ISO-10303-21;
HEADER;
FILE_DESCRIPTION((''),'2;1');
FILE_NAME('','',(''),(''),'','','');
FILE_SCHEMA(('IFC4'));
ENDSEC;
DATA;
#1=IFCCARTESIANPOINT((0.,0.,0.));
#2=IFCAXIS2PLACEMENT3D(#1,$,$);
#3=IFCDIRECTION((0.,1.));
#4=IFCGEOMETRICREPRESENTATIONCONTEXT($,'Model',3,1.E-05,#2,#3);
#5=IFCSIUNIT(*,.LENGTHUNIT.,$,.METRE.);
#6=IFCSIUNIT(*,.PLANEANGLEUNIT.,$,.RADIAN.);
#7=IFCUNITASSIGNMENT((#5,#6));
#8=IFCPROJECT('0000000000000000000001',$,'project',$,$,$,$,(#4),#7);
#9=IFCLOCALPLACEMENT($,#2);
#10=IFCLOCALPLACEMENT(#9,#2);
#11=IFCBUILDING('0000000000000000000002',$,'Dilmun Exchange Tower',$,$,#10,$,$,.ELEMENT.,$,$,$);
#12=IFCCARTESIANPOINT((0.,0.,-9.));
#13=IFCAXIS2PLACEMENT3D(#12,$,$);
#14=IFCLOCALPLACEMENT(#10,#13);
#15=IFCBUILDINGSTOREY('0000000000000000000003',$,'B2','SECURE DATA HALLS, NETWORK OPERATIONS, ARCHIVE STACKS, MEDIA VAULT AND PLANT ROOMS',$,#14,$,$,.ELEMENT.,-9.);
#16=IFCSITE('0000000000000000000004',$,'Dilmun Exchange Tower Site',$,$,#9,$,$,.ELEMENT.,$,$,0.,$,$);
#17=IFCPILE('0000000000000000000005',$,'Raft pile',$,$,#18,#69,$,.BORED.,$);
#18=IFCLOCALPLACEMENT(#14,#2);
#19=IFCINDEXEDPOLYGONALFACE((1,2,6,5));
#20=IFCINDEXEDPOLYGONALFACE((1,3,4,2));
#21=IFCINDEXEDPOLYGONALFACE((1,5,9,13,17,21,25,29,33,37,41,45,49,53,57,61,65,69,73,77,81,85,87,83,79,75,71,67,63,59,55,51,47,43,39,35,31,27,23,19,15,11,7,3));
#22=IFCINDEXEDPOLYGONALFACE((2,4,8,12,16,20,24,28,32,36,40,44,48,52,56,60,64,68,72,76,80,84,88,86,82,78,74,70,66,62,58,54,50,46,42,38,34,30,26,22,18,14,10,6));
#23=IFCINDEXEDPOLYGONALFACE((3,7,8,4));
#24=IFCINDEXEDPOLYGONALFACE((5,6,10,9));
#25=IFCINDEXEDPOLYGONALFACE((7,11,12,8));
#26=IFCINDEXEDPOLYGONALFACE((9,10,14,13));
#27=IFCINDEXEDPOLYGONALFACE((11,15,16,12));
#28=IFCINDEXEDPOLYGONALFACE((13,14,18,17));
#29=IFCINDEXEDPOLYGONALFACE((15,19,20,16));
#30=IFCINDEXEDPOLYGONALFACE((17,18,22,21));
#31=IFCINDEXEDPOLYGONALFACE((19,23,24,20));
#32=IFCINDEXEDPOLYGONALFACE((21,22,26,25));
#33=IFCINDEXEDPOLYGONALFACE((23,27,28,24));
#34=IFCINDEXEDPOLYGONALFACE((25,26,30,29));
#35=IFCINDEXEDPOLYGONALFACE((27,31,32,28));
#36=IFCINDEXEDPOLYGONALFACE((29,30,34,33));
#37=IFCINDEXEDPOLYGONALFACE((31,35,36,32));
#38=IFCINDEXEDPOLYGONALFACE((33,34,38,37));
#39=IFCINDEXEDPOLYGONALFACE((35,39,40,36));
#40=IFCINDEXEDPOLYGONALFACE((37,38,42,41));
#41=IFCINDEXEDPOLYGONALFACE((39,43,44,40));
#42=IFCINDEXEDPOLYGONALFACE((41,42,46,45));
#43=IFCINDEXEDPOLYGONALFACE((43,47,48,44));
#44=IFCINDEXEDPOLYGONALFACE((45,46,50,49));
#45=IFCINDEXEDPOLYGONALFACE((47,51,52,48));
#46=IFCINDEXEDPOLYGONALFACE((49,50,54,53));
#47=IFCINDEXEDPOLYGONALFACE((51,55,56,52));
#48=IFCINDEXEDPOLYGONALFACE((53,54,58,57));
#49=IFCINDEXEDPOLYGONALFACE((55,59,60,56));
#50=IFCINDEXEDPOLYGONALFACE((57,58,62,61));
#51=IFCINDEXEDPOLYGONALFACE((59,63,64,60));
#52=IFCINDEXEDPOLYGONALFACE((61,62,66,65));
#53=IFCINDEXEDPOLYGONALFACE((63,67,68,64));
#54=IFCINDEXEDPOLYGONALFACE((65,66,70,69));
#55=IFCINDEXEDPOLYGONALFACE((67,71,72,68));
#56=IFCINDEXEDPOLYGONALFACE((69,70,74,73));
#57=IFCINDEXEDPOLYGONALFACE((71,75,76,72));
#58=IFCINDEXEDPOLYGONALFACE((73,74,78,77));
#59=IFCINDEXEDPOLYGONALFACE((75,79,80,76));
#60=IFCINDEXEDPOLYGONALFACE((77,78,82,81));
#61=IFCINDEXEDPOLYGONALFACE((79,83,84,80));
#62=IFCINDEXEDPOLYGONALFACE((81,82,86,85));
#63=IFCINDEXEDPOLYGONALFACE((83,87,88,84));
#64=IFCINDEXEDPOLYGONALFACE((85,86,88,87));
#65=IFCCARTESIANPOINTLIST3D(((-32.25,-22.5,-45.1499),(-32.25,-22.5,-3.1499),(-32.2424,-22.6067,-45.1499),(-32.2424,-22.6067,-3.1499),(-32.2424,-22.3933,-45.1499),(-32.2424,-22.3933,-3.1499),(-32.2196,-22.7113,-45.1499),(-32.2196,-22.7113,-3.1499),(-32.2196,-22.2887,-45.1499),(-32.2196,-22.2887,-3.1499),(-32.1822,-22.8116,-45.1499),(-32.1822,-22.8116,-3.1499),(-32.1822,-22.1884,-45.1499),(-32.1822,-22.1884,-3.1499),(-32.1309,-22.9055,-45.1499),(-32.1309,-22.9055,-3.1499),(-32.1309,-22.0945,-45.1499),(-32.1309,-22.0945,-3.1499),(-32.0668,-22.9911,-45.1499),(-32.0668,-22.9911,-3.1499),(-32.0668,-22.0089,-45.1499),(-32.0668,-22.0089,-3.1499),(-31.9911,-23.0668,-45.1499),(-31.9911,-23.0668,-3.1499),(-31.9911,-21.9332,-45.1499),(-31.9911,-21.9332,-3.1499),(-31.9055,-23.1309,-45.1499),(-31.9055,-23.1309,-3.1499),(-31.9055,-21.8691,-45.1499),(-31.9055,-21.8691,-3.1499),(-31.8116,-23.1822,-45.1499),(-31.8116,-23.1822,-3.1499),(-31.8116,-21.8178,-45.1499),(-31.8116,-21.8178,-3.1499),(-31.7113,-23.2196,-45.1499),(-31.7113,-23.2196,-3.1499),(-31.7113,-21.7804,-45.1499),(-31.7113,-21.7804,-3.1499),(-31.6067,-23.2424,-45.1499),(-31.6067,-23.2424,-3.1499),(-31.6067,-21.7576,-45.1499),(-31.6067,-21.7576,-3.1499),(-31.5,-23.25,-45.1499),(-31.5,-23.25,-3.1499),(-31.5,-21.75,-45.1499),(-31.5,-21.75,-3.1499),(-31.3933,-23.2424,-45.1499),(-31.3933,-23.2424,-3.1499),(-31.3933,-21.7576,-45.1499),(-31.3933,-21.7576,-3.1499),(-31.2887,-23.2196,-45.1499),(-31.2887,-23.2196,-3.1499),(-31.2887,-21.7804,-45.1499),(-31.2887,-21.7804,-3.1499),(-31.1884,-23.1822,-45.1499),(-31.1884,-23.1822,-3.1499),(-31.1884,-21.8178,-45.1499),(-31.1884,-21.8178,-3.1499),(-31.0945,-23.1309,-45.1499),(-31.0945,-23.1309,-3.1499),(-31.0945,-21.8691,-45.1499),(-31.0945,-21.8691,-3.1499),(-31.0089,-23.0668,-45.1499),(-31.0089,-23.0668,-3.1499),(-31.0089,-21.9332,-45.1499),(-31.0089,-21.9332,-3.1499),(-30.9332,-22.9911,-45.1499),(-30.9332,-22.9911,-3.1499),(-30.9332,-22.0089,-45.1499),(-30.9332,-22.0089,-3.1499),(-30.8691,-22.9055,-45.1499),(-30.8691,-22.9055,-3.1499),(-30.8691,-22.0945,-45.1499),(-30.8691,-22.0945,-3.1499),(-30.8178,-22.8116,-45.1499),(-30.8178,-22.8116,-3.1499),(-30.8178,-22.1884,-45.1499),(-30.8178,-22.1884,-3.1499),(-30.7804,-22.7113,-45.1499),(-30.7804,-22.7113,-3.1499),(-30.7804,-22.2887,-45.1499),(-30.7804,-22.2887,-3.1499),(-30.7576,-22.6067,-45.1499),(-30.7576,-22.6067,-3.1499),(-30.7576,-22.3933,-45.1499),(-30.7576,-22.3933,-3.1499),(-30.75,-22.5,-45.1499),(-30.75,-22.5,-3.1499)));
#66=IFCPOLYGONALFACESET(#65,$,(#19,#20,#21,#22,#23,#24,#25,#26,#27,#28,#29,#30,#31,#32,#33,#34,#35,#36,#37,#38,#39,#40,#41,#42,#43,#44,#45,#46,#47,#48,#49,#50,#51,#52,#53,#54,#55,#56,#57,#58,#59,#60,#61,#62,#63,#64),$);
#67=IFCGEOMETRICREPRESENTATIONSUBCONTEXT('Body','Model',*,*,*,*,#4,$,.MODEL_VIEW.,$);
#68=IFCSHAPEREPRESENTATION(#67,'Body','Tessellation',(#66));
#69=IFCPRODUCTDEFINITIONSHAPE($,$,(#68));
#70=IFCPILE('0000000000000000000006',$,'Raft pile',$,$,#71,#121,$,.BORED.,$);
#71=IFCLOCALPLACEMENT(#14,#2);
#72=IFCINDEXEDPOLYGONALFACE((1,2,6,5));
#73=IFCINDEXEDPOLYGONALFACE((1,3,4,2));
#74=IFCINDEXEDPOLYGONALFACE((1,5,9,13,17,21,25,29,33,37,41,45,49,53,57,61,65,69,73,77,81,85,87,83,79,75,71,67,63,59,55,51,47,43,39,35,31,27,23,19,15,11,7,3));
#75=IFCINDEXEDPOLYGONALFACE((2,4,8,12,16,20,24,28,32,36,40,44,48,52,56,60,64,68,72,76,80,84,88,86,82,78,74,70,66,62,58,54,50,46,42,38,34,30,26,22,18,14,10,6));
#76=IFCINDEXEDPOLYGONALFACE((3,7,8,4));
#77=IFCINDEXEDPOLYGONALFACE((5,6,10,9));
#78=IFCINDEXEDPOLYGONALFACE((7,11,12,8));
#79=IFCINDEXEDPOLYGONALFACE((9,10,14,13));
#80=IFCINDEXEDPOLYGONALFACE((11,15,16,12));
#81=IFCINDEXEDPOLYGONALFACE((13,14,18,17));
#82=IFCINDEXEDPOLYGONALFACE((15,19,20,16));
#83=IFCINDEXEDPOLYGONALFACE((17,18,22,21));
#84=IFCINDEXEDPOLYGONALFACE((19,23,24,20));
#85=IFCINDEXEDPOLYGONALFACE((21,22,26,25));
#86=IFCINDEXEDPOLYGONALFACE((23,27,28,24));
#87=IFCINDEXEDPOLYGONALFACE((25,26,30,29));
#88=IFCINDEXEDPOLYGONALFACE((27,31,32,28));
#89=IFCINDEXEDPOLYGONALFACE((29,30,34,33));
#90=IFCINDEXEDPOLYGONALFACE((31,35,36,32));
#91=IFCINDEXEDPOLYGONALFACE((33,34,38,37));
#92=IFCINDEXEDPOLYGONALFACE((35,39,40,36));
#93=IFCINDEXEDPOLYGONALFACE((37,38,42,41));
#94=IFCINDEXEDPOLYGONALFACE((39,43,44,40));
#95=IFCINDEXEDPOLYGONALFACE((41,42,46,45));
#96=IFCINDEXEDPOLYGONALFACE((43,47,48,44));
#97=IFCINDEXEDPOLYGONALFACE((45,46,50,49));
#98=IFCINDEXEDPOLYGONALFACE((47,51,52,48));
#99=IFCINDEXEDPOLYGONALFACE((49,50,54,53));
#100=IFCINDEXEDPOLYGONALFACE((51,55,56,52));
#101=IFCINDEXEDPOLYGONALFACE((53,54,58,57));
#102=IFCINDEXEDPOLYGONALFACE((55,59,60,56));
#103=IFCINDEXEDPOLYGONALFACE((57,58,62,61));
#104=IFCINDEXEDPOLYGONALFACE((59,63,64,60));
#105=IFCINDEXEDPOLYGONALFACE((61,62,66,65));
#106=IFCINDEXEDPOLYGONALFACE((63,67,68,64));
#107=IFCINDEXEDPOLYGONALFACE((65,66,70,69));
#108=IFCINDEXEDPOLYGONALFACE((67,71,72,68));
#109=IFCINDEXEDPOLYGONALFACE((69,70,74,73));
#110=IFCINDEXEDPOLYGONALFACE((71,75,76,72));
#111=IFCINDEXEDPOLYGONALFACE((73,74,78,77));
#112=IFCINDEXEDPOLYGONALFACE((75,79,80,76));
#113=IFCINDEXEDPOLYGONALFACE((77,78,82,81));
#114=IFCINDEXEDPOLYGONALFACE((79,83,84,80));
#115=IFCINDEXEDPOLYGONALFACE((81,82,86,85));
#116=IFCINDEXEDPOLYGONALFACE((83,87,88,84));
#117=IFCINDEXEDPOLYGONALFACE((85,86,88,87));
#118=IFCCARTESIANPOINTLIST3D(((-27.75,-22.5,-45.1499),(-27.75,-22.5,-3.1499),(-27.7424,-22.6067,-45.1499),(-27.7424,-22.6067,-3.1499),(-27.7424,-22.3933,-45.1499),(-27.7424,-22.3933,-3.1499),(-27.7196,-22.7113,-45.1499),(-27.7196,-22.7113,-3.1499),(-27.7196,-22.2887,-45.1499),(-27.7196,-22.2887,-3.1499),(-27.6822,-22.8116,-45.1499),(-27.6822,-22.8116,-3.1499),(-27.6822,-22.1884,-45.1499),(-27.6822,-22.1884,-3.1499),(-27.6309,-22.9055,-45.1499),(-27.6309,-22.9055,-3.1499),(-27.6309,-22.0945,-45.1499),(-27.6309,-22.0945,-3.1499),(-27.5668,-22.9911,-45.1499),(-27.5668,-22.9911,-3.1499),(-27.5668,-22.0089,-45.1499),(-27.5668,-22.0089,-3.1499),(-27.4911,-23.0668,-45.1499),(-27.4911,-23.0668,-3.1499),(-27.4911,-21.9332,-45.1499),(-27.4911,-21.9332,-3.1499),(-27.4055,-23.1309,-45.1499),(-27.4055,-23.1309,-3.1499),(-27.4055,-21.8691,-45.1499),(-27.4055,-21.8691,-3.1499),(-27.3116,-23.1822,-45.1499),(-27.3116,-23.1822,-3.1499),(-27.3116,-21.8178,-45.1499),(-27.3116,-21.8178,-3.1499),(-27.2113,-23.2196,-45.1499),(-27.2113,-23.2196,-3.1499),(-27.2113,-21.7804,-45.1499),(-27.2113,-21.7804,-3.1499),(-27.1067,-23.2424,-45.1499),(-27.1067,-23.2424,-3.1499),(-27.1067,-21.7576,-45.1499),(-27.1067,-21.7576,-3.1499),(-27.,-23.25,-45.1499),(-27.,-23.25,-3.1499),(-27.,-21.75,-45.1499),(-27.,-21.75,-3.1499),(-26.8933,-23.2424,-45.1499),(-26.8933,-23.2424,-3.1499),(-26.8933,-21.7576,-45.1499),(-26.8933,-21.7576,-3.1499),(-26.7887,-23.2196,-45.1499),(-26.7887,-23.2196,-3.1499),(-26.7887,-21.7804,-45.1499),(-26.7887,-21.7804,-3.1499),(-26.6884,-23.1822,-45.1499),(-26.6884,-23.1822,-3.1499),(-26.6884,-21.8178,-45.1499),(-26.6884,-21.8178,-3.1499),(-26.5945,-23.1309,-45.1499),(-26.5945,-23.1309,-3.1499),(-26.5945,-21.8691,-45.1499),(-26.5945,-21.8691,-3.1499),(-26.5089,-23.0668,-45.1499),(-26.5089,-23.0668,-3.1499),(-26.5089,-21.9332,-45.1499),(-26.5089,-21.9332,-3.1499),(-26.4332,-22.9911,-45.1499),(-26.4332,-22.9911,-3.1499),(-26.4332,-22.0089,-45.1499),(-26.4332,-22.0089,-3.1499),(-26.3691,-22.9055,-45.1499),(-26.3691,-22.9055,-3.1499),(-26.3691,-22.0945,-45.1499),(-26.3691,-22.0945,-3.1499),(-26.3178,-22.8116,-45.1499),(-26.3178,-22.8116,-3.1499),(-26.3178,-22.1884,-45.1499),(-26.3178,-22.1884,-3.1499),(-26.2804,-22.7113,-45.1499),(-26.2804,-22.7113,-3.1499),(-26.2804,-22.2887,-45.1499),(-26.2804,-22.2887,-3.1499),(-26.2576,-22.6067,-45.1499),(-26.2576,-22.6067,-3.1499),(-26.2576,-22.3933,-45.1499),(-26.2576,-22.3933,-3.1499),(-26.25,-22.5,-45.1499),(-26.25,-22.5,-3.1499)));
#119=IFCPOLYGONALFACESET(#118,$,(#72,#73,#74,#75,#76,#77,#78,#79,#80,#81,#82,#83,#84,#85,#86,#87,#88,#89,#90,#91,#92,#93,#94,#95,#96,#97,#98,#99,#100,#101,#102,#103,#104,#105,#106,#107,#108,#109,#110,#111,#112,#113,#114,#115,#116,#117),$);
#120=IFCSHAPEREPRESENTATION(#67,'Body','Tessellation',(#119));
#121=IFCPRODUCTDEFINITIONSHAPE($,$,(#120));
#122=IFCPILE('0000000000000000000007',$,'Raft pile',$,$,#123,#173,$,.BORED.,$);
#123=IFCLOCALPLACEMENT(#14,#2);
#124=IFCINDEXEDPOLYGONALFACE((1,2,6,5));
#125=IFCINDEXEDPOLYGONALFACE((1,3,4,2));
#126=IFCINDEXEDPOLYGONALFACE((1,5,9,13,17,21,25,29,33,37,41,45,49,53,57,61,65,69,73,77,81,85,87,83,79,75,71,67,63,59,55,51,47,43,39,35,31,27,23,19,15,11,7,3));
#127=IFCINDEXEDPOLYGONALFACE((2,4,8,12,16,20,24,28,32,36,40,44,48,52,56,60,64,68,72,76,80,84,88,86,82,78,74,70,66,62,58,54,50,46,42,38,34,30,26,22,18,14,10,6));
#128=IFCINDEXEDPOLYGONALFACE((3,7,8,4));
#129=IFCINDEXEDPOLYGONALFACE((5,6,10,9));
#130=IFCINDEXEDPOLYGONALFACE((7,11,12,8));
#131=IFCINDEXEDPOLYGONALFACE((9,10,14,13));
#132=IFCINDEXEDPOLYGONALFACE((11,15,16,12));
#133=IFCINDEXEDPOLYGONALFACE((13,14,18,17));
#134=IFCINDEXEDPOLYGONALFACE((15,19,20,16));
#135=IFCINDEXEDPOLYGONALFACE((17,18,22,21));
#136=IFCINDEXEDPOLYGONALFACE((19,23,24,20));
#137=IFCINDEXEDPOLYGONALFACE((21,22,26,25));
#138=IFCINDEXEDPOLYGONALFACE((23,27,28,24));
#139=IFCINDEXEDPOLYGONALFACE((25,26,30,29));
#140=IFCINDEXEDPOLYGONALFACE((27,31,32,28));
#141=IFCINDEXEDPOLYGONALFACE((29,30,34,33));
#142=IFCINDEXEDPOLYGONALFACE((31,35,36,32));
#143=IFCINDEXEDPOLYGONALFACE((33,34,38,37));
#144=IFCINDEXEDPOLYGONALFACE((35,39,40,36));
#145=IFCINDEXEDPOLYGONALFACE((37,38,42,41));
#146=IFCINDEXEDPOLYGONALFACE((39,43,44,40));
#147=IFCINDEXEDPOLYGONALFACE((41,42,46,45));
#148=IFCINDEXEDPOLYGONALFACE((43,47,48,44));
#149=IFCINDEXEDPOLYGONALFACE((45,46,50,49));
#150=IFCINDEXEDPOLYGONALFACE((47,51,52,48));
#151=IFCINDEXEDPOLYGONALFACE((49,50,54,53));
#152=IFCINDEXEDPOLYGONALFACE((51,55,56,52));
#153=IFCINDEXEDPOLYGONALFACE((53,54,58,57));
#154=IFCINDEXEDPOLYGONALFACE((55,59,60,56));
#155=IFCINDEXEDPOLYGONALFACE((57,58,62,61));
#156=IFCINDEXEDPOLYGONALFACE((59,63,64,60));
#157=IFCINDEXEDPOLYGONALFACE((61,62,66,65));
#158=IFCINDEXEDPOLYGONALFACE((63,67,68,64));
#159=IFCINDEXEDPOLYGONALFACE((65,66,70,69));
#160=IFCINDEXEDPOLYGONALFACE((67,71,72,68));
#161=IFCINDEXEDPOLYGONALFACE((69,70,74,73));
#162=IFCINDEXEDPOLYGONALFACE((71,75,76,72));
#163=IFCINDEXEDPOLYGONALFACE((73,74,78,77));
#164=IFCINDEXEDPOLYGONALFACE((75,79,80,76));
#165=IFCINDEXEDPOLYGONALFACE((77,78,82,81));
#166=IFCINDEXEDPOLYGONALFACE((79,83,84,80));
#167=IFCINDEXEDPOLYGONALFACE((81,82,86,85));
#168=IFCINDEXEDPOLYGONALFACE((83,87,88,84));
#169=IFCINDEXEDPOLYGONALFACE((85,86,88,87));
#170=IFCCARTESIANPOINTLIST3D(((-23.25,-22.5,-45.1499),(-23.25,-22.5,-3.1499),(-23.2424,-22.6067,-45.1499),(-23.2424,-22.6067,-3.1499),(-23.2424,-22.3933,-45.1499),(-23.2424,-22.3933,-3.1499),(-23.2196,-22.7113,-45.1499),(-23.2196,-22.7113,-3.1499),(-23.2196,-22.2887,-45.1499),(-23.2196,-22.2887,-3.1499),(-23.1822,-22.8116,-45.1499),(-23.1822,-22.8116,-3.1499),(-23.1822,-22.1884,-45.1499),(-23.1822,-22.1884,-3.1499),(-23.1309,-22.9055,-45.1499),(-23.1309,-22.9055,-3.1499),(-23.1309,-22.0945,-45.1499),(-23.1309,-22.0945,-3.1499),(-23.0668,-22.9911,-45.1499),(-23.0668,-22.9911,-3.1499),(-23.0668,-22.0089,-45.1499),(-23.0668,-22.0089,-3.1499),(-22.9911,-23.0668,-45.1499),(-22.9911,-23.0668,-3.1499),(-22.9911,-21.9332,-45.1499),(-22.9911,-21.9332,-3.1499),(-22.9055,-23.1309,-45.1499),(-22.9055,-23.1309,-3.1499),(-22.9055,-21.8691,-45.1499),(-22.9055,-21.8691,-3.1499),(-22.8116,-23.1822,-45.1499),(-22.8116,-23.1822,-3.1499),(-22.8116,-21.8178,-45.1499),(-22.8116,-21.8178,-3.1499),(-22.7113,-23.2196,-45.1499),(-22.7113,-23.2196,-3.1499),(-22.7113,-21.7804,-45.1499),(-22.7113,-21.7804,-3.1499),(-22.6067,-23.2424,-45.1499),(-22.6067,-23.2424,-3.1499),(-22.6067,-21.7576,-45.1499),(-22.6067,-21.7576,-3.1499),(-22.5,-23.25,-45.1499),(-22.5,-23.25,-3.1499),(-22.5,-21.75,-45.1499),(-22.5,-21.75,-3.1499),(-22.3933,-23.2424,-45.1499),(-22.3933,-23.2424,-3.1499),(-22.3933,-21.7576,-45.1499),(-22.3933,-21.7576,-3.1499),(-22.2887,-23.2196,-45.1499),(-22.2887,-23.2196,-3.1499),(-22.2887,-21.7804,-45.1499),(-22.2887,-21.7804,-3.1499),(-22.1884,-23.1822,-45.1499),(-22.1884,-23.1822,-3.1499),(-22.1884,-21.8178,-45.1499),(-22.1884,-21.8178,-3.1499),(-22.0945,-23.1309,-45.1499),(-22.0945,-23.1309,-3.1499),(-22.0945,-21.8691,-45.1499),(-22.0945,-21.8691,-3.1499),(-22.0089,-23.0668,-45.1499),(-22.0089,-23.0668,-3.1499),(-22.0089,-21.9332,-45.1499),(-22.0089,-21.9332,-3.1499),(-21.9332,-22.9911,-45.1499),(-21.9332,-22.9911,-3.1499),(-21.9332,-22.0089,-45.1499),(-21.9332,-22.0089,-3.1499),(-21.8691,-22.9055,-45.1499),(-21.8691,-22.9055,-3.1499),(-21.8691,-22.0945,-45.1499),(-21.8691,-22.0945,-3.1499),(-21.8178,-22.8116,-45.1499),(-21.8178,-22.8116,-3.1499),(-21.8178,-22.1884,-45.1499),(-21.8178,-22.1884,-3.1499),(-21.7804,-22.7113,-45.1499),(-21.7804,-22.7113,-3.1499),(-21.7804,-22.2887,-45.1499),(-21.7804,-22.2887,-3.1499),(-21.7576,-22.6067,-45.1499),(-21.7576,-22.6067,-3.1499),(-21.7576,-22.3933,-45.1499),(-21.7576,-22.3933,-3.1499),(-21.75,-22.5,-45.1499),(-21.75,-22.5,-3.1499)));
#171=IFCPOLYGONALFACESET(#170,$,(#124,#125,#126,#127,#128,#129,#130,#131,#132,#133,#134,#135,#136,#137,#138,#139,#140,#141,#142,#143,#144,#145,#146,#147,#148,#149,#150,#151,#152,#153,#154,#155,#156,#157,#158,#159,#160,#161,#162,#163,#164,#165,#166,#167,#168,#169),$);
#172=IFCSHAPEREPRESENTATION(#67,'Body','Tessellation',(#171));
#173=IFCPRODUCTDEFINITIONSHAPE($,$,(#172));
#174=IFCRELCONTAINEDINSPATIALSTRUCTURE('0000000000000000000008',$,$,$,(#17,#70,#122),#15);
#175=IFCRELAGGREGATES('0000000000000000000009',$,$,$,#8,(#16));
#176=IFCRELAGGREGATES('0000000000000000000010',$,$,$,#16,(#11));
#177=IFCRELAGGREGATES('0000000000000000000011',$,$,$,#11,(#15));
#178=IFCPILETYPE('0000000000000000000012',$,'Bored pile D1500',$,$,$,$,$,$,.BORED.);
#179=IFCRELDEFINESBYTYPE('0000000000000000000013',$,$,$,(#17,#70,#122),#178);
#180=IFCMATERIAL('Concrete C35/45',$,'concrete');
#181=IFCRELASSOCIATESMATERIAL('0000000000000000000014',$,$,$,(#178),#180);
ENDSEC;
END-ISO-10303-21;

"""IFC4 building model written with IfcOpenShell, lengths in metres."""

from ifc_helpers import new_model, si_unit, direction, frame, origin, origin_2d, place, context, subcontext, project, spatial, circle, extrude, material, material_profile, profile_set, type_object, element, save


model = new_model("IFC4")

# Units and contexts
model_context = context("Model", 3, precision=1e-05, world=origin(), true_north=direction((0.0, 1.0)))
body_context = subcontext(model_context, "Body", "Model", "MODEL_VIEW")
ifc_project = project(units=[si_unit("LENGTHUNIT", "METRE"), si_unit("PLANEANGLEUNIT", "RADIAN")], contexts=[model_context])

# Site, building, storey
site_placement = place(None, origin())
site = spatial("IfcSite", under=ifc_project, at=site_placement, Name="Dilmun Exchange Tower Site", CompositionType="ELEMENT", RefElevation=0.0)
building_placement = place(site_placement, origin())
building = spatial("IfcBuilding", under=site, at=building_placement, Name="Dilmun Exchange Tower", CompositionType="ELEMENT")
storey_placement = place(building_placement, frame((0.0, 0.0, -9.0)))
storey = spatial("IfcBuildingStorey", under=building, at=storey_placement, Name="B2", Description="SECURE DATA HALLS, NETWORK OPERATIONS, ARCHIVE STACKS, MEDIA VAULT AND PLANT ROOMS", CompositionType="ELEMENT", Elevation=-9.0)

# Piles
ifc_material_1 = material(Name="Concrete C35/45", Category="concrete")
ifc_material_profile_1 = material_profile(ifc_material_1, circle(Radius=0.75, at=origin_2d()), Name="D1500")
ifc_profile_set_1 = profile_set([ifc_material_profile_1], Name="Concrete C35/45")
pile_type = type_object("IfcPileType", Name="Bored pile D1500", PredefinedType="BORED", material=ifc_profile_set_1)
for number, where, z_axis, x_axis, name in (
    (1, (-31.5, -22.5, -3.1499), (0.0, 0.0, -1.0), (1.0, 0.0, 0.0), "Raft pile"),
    (2, (-27.0, -22.5, -3.1499), (0.0, 0.0, -1.0), (1.0, 0.0, 0.0), "Raft pile"),
    (3, (-22.5, -22.5, -3.1499), (0.0, 0.0, -1.0), (1.0, 0.0, 0.0), "Raft pile"),
):
    element("IfcPile", number, at=place(storey_placement, frame(where, z_axis=z_axis, x_axis=x_axis)), inside=storey, type_object=pile_type, Name=name, PredefinedType="BORED", context=body_context, shape_type="SweptSolid", body=[
        extrude(circle(Radius=0.75, at=origin_2d()), origin(), (0.0, 0.0, 1.0), 42.0),
    ])

save(model, "model.ifc")
